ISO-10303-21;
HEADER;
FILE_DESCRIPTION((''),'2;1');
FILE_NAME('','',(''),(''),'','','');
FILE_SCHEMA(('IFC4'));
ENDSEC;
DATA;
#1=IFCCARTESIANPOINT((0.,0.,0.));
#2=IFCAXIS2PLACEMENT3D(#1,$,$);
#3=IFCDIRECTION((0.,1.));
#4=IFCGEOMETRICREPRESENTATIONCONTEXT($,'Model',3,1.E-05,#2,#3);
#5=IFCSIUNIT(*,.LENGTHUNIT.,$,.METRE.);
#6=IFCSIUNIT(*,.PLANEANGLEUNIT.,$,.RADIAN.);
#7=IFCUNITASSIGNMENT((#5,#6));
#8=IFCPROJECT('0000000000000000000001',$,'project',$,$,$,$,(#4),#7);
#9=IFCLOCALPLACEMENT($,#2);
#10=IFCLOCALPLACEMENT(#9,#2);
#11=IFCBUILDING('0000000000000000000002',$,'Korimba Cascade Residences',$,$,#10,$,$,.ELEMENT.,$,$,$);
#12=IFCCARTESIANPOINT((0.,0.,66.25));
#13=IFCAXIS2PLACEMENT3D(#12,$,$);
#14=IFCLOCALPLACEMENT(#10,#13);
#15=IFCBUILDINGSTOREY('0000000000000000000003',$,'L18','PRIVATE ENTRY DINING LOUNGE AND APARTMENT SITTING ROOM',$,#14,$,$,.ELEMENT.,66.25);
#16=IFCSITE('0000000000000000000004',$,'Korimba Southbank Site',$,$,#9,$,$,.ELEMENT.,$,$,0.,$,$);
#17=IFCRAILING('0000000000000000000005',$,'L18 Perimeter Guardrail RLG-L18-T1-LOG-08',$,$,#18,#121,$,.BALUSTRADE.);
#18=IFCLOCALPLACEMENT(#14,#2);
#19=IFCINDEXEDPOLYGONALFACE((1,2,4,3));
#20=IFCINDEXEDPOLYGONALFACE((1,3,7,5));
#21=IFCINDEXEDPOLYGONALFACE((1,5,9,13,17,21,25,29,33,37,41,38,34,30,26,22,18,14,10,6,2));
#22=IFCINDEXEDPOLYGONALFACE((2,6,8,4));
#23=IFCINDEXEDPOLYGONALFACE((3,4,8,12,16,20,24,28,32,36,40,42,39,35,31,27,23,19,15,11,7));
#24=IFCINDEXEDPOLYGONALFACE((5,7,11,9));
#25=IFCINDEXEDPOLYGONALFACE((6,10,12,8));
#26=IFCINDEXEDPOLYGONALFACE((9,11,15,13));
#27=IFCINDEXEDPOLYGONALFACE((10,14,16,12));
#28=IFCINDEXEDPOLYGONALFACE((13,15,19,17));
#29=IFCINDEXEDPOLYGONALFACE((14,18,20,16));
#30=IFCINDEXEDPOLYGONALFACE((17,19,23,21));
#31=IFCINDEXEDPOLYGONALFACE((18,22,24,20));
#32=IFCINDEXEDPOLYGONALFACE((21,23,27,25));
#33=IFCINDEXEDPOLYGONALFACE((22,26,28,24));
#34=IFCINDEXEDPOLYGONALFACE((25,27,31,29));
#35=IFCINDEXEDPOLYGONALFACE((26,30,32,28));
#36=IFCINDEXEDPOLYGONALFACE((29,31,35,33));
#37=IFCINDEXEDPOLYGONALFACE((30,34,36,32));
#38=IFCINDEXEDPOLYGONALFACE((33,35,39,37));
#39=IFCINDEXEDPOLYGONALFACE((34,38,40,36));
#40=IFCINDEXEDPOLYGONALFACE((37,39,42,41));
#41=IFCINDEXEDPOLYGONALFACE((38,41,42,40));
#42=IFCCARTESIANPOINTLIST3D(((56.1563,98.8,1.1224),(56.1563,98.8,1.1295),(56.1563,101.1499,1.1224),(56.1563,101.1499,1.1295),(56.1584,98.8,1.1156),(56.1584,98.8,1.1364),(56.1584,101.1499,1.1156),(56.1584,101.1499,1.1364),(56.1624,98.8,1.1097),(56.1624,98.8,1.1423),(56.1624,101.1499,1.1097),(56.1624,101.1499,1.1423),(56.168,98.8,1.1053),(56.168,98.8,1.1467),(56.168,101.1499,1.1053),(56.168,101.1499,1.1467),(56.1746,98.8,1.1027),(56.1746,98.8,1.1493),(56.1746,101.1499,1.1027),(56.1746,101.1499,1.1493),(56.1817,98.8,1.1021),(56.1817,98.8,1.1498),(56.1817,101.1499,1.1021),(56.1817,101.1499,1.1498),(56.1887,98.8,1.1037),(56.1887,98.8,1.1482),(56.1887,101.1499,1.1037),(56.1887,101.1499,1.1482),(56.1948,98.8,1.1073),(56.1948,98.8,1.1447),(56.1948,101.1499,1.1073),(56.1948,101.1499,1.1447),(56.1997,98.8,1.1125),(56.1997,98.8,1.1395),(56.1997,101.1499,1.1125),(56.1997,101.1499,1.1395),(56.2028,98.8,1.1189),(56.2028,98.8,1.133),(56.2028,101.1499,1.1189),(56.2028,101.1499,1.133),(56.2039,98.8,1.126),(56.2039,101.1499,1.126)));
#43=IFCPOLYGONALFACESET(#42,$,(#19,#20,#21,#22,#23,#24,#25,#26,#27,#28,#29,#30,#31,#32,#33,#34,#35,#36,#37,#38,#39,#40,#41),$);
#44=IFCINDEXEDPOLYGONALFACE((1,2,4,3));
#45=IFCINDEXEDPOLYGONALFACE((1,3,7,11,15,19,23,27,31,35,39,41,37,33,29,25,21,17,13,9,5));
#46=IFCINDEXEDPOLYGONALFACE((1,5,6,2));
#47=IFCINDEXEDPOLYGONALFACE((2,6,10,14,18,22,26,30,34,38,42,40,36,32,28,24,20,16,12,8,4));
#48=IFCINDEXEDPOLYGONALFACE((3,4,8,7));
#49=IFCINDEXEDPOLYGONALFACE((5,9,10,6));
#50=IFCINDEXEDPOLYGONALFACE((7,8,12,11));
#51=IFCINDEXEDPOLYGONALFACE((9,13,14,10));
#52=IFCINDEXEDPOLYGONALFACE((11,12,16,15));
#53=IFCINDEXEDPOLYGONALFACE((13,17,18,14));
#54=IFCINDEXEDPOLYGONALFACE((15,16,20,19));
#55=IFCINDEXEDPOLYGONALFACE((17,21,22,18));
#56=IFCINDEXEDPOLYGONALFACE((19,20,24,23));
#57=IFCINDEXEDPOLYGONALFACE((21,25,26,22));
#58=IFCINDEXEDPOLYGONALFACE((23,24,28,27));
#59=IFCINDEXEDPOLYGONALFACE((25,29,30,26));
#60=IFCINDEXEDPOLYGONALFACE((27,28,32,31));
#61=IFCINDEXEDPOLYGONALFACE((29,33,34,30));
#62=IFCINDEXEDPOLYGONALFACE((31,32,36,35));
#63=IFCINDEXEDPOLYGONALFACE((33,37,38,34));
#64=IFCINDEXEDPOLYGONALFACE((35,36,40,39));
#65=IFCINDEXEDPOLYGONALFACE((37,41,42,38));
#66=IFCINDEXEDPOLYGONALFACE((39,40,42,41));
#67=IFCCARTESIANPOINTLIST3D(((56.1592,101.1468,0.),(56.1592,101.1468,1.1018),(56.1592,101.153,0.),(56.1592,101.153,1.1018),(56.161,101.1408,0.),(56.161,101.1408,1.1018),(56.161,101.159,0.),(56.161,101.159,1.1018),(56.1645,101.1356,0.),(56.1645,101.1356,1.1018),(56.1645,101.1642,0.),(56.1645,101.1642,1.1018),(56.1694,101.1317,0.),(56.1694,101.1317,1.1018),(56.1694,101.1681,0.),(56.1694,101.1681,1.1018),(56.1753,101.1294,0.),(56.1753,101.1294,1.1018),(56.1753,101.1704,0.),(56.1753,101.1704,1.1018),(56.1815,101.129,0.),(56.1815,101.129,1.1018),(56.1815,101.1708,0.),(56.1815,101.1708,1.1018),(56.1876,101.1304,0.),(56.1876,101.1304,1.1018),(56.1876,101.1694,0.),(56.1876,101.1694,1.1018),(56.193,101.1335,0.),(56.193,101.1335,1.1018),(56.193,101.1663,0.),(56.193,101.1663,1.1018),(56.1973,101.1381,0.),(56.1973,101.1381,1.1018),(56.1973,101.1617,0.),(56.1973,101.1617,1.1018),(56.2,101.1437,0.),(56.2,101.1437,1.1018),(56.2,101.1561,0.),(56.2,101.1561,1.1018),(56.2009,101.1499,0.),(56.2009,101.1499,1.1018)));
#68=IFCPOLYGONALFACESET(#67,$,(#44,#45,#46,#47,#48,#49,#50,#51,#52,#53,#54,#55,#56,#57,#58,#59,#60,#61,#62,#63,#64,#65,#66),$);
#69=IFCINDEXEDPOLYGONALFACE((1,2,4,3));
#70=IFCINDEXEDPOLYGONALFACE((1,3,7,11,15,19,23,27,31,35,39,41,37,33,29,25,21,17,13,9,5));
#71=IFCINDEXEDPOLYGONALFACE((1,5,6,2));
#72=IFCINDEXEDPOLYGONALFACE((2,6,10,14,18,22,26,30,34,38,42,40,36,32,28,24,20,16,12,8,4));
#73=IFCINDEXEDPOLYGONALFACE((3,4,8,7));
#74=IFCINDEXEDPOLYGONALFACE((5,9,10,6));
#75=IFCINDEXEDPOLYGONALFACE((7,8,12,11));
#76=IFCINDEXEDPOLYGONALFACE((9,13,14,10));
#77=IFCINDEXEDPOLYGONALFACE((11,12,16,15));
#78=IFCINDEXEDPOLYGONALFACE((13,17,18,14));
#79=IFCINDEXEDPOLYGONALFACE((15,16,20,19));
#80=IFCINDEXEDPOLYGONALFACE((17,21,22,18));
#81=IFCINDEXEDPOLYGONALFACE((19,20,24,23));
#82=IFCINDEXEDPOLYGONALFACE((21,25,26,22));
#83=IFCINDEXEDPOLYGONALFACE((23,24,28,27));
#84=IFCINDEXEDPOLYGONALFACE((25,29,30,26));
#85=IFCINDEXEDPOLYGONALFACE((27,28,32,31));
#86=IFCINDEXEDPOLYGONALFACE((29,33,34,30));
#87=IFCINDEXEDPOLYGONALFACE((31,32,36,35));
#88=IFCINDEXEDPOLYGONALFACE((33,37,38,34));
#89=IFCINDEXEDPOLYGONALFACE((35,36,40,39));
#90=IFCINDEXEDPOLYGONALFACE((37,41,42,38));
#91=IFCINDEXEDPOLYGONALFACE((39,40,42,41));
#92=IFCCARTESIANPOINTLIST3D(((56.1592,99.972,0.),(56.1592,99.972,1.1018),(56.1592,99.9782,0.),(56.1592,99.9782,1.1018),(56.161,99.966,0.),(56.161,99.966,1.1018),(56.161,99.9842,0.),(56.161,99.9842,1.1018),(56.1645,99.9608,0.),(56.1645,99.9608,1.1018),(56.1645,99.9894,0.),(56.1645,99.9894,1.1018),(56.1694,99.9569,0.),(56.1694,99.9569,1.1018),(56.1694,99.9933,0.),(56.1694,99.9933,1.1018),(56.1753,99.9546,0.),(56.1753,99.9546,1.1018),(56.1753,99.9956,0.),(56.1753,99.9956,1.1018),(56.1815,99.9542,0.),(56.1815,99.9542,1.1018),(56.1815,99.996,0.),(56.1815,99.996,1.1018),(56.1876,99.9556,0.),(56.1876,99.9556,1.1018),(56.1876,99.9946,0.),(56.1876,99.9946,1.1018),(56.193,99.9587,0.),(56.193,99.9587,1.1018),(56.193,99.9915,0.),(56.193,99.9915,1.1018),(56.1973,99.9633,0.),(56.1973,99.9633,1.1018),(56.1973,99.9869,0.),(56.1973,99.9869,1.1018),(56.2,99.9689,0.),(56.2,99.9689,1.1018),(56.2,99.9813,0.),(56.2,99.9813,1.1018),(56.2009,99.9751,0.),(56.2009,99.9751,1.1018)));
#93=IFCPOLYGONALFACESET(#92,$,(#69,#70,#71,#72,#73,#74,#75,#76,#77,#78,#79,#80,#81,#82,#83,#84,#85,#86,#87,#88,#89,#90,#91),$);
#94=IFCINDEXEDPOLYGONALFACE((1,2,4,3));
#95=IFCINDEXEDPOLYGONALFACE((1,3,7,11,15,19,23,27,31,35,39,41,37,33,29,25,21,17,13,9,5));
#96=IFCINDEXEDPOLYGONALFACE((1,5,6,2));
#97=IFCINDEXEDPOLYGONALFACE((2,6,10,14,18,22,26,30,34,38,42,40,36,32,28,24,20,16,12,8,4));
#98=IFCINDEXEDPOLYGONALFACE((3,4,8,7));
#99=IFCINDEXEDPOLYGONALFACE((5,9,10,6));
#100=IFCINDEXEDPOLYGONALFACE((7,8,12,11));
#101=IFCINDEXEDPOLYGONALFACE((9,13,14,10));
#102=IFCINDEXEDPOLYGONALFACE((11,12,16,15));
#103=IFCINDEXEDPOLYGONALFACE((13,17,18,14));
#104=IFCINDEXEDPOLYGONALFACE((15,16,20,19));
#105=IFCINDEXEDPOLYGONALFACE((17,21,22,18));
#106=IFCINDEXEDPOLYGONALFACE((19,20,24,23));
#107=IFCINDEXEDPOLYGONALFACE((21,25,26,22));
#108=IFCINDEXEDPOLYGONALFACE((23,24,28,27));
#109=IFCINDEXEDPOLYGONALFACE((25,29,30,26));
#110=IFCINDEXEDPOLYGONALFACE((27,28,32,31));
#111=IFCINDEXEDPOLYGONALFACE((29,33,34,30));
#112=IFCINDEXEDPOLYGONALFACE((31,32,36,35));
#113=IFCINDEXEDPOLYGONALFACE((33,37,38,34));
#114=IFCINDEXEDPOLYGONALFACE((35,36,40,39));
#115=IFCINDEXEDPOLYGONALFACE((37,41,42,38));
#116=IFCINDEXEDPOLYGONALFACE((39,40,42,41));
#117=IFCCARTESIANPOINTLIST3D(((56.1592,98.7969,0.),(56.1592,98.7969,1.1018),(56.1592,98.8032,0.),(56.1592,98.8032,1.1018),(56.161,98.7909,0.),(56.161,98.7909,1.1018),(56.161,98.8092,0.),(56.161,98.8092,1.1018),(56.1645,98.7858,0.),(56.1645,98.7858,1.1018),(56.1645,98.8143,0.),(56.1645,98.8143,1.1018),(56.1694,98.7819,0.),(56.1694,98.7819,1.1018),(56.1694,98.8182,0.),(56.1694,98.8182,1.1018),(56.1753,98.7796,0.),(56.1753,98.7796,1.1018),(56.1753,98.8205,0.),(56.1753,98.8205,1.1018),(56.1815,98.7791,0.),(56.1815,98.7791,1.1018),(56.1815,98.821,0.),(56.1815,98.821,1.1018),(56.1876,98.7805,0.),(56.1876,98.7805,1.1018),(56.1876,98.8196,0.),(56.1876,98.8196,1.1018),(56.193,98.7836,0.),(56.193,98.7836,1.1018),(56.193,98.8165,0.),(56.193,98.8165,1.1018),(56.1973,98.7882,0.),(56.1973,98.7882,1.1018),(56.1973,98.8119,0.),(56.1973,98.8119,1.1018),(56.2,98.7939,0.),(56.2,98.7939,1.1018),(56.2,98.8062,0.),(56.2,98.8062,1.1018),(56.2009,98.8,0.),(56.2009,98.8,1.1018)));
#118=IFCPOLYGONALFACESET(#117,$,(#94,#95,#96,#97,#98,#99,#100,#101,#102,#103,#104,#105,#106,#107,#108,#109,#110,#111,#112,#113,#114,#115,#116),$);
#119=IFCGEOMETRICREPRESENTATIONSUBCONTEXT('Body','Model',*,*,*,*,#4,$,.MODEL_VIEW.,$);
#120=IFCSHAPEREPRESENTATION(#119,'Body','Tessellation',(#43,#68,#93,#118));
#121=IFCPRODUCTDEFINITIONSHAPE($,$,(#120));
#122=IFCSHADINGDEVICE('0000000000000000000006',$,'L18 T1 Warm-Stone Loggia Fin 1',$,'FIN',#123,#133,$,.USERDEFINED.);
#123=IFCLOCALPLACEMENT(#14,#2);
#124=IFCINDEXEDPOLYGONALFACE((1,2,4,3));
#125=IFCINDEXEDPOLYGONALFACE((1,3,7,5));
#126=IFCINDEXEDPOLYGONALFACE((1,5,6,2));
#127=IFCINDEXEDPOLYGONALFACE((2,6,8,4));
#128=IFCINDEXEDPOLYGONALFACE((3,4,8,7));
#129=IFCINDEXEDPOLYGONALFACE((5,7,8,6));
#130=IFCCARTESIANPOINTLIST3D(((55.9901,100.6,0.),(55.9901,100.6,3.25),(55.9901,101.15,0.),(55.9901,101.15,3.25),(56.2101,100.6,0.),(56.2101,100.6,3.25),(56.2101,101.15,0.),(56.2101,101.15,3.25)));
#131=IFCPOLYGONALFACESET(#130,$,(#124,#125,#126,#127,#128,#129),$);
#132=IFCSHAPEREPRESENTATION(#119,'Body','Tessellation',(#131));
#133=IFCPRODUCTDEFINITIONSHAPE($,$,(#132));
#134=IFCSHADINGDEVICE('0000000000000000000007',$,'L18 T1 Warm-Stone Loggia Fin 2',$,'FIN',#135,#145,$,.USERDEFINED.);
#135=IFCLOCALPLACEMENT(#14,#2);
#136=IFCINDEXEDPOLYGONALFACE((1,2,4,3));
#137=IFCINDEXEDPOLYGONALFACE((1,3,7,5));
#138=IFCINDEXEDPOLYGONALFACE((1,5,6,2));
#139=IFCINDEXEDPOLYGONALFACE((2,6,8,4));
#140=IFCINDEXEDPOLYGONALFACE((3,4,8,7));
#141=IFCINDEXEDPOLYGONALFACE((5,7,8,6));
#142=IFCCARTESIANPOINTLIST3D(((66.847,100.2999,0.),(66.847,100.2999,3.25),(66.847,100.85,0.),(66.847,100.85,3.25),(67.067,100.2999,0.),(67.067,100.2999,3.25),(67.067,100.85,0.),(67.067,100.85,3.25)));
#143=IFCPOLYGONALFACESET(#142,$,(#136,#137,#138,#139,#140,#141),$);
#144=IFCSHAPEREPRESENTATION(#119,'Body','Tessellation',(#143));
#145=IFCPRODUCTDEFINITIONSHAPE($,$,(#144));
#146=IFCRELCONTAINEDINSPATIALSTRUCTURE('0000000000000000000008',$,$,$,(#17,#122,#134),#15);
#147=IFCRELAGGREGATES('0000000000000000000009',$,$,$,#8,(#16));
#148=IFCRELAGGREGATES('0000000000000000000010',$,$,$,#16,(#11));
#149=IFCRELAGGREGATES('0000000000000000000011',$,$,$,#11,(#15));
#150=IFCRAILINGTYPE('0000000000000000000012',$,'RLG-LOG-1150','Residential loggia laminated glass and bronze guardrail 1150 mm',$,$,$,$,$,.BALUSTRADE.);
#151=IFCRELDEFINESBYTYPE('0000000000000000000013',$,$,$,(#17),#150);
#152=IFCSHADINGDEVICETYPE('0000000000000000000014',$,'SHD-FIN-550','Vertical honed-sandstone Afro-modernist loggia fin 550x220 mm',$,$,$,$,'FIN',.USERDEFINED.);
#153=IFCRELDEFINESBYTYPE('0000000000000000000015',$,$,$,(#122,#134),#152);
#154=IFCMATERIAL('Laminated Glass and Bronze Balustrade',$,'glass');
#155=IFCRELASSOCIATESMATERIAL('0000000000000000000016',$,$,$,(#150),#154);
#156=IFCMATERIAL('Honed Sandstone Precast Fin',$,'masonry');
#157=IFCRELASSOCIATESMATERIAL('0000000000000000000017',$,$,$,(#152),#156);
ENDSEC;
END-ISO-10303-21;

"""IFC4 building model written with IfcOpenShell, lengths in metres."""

from ifc_helpers import new_model, si_unit, direction, frame, origin, origin_2d, place, context, subcontext, project, spatial, rectangle, circle, extrude, material, type_object, element, save


model = new_model("IFC4")

# Units and contexts
model_context = context("Model", 3, precision=1e-05, world=origin(), true_north=direction((0.0, 1.0)))
body_context = subcontext(model_context, "Body", "Model", "MODEL_VIEW")
ifc_project = project(units=[si_unit("LENGTHUNIT", "METRE"), si_unit("PLANEANGLEUNIT", "RADIAN")], contexts=[model_context])

# Site, building, storey
site_placement = place(None, origin())
site = spatial("IfcSite", under=ifc_project, at=site_placement, Name="Korimba Southbank Site", CompositionType="ELEMENT", RefElevation=0.0)
building_placement = place(site_placement, origin())
building = spatial("IfcBuilding", under=site, at=building_placement, Name="Korimba Cascade Residences", CompositionType="ELEMENT")
storey_placement = place(building_placement, frame((0.0, 0.0, 66.25)))
storey = spatial("IfcBuildingStorey", under=building, at=storey_placement, Name="L18", Description="PRIVATE ENTRY DINING LOUNGE AND APARTMENT SITTING ROOM", CompositionType="ELEMENT", Elevation=66.25)

# Railing
ifc_material_1 = material(Name="Laminated Glass and Bronze Balustrade", Category="glass")
railing_type = type_object("IfcRailingType", Name="RLG-LOG-1150", Description="Residential loggia laminated glass and bronze guardrail 1150 mm", PredefinedType="BALUSTRADE", material=ifc_material_1)
railing_1_placement = place(storey_placement, frame((56.1799, 101.1499, 0.0)))
element("IfcRailing", 1, at=railing_1_placement, inside=storey, type_object=railing_type, Name="L18 Perimeter Guardrail RLG-L18-T1-LOG-08", PredefinedType="BALUSTRADE", context=body_context, shape_type="SweptSolid", body=[
    extrude(circle(Radius=0.0239, at=origin_2d()), frame((0.0, 0.0, 1.126), z_axis=(0.0, -1.0, 0.0), x_axis=(1.0, 0.0, 0.0)), (0.0, 0.0, 1.0), 2.3499),
    extrude(circle(Radius=0.021, at=origin_2d()), origin(), (0.0, 0.0, 1.0), 1.1018),
    extrude(circle(Radius=0.021, at=origin_2d()), frame((0.0, -1.1748, 0.0)), (0.0, 0.0, 1.0), 1.1018),
    extrude(circle(Radius=0.021, at=origin_2d()), frame((0.0, -2.3499, 0.0)), (0.0, 0.0, 1.0), 1.1018),
])

# Shading devices
ifc_material_2 = material(Name="Honed Sandstone Precast Fin", Category="masonry")
shading_device_type = type_object("IfcShadingDeviceType", Name="SHD-FIN-550", Description="Vertical honed-sandstone Afro-modernist loggia fin 550x220 mm", ElementType="FIN", PredefinedType="USERDEFINED", material=ifc_material_2)
for number, where, z_axis, x_axis, name in (
    (2, (56.1001, 100.875, 0.0), (0.0, 0.0, 1.0), (1.0, 0.0, 0.0), "L18 T1 Warm-Stone Loggia Fin 1"),
    (3, (66.957, 100.575, 0.0), (0.0, 0.0, 1.0), (1.0, 0.0, 0.0), "L18 T1 Warm-Stone Loggia Fin 2"),
):
    element("IfcShadingDevice", number, at=place(storey_placement, frame(where, z_axis=z_axis, x_axis=x_axis)), inside=storey, type_object=shading_device_type, Name=name, ObjectType="FIN", PredefinedType="USERDEFINED", context=body_context, shape_type="SweptSolid", body=[
        extrude(rectangle(XDim=0.22, YDim=0.55, at=origin_2d()), origin(), (0.0, 0.0, 1.0), 3.25),
    ])

save(model, "model.ifc")
